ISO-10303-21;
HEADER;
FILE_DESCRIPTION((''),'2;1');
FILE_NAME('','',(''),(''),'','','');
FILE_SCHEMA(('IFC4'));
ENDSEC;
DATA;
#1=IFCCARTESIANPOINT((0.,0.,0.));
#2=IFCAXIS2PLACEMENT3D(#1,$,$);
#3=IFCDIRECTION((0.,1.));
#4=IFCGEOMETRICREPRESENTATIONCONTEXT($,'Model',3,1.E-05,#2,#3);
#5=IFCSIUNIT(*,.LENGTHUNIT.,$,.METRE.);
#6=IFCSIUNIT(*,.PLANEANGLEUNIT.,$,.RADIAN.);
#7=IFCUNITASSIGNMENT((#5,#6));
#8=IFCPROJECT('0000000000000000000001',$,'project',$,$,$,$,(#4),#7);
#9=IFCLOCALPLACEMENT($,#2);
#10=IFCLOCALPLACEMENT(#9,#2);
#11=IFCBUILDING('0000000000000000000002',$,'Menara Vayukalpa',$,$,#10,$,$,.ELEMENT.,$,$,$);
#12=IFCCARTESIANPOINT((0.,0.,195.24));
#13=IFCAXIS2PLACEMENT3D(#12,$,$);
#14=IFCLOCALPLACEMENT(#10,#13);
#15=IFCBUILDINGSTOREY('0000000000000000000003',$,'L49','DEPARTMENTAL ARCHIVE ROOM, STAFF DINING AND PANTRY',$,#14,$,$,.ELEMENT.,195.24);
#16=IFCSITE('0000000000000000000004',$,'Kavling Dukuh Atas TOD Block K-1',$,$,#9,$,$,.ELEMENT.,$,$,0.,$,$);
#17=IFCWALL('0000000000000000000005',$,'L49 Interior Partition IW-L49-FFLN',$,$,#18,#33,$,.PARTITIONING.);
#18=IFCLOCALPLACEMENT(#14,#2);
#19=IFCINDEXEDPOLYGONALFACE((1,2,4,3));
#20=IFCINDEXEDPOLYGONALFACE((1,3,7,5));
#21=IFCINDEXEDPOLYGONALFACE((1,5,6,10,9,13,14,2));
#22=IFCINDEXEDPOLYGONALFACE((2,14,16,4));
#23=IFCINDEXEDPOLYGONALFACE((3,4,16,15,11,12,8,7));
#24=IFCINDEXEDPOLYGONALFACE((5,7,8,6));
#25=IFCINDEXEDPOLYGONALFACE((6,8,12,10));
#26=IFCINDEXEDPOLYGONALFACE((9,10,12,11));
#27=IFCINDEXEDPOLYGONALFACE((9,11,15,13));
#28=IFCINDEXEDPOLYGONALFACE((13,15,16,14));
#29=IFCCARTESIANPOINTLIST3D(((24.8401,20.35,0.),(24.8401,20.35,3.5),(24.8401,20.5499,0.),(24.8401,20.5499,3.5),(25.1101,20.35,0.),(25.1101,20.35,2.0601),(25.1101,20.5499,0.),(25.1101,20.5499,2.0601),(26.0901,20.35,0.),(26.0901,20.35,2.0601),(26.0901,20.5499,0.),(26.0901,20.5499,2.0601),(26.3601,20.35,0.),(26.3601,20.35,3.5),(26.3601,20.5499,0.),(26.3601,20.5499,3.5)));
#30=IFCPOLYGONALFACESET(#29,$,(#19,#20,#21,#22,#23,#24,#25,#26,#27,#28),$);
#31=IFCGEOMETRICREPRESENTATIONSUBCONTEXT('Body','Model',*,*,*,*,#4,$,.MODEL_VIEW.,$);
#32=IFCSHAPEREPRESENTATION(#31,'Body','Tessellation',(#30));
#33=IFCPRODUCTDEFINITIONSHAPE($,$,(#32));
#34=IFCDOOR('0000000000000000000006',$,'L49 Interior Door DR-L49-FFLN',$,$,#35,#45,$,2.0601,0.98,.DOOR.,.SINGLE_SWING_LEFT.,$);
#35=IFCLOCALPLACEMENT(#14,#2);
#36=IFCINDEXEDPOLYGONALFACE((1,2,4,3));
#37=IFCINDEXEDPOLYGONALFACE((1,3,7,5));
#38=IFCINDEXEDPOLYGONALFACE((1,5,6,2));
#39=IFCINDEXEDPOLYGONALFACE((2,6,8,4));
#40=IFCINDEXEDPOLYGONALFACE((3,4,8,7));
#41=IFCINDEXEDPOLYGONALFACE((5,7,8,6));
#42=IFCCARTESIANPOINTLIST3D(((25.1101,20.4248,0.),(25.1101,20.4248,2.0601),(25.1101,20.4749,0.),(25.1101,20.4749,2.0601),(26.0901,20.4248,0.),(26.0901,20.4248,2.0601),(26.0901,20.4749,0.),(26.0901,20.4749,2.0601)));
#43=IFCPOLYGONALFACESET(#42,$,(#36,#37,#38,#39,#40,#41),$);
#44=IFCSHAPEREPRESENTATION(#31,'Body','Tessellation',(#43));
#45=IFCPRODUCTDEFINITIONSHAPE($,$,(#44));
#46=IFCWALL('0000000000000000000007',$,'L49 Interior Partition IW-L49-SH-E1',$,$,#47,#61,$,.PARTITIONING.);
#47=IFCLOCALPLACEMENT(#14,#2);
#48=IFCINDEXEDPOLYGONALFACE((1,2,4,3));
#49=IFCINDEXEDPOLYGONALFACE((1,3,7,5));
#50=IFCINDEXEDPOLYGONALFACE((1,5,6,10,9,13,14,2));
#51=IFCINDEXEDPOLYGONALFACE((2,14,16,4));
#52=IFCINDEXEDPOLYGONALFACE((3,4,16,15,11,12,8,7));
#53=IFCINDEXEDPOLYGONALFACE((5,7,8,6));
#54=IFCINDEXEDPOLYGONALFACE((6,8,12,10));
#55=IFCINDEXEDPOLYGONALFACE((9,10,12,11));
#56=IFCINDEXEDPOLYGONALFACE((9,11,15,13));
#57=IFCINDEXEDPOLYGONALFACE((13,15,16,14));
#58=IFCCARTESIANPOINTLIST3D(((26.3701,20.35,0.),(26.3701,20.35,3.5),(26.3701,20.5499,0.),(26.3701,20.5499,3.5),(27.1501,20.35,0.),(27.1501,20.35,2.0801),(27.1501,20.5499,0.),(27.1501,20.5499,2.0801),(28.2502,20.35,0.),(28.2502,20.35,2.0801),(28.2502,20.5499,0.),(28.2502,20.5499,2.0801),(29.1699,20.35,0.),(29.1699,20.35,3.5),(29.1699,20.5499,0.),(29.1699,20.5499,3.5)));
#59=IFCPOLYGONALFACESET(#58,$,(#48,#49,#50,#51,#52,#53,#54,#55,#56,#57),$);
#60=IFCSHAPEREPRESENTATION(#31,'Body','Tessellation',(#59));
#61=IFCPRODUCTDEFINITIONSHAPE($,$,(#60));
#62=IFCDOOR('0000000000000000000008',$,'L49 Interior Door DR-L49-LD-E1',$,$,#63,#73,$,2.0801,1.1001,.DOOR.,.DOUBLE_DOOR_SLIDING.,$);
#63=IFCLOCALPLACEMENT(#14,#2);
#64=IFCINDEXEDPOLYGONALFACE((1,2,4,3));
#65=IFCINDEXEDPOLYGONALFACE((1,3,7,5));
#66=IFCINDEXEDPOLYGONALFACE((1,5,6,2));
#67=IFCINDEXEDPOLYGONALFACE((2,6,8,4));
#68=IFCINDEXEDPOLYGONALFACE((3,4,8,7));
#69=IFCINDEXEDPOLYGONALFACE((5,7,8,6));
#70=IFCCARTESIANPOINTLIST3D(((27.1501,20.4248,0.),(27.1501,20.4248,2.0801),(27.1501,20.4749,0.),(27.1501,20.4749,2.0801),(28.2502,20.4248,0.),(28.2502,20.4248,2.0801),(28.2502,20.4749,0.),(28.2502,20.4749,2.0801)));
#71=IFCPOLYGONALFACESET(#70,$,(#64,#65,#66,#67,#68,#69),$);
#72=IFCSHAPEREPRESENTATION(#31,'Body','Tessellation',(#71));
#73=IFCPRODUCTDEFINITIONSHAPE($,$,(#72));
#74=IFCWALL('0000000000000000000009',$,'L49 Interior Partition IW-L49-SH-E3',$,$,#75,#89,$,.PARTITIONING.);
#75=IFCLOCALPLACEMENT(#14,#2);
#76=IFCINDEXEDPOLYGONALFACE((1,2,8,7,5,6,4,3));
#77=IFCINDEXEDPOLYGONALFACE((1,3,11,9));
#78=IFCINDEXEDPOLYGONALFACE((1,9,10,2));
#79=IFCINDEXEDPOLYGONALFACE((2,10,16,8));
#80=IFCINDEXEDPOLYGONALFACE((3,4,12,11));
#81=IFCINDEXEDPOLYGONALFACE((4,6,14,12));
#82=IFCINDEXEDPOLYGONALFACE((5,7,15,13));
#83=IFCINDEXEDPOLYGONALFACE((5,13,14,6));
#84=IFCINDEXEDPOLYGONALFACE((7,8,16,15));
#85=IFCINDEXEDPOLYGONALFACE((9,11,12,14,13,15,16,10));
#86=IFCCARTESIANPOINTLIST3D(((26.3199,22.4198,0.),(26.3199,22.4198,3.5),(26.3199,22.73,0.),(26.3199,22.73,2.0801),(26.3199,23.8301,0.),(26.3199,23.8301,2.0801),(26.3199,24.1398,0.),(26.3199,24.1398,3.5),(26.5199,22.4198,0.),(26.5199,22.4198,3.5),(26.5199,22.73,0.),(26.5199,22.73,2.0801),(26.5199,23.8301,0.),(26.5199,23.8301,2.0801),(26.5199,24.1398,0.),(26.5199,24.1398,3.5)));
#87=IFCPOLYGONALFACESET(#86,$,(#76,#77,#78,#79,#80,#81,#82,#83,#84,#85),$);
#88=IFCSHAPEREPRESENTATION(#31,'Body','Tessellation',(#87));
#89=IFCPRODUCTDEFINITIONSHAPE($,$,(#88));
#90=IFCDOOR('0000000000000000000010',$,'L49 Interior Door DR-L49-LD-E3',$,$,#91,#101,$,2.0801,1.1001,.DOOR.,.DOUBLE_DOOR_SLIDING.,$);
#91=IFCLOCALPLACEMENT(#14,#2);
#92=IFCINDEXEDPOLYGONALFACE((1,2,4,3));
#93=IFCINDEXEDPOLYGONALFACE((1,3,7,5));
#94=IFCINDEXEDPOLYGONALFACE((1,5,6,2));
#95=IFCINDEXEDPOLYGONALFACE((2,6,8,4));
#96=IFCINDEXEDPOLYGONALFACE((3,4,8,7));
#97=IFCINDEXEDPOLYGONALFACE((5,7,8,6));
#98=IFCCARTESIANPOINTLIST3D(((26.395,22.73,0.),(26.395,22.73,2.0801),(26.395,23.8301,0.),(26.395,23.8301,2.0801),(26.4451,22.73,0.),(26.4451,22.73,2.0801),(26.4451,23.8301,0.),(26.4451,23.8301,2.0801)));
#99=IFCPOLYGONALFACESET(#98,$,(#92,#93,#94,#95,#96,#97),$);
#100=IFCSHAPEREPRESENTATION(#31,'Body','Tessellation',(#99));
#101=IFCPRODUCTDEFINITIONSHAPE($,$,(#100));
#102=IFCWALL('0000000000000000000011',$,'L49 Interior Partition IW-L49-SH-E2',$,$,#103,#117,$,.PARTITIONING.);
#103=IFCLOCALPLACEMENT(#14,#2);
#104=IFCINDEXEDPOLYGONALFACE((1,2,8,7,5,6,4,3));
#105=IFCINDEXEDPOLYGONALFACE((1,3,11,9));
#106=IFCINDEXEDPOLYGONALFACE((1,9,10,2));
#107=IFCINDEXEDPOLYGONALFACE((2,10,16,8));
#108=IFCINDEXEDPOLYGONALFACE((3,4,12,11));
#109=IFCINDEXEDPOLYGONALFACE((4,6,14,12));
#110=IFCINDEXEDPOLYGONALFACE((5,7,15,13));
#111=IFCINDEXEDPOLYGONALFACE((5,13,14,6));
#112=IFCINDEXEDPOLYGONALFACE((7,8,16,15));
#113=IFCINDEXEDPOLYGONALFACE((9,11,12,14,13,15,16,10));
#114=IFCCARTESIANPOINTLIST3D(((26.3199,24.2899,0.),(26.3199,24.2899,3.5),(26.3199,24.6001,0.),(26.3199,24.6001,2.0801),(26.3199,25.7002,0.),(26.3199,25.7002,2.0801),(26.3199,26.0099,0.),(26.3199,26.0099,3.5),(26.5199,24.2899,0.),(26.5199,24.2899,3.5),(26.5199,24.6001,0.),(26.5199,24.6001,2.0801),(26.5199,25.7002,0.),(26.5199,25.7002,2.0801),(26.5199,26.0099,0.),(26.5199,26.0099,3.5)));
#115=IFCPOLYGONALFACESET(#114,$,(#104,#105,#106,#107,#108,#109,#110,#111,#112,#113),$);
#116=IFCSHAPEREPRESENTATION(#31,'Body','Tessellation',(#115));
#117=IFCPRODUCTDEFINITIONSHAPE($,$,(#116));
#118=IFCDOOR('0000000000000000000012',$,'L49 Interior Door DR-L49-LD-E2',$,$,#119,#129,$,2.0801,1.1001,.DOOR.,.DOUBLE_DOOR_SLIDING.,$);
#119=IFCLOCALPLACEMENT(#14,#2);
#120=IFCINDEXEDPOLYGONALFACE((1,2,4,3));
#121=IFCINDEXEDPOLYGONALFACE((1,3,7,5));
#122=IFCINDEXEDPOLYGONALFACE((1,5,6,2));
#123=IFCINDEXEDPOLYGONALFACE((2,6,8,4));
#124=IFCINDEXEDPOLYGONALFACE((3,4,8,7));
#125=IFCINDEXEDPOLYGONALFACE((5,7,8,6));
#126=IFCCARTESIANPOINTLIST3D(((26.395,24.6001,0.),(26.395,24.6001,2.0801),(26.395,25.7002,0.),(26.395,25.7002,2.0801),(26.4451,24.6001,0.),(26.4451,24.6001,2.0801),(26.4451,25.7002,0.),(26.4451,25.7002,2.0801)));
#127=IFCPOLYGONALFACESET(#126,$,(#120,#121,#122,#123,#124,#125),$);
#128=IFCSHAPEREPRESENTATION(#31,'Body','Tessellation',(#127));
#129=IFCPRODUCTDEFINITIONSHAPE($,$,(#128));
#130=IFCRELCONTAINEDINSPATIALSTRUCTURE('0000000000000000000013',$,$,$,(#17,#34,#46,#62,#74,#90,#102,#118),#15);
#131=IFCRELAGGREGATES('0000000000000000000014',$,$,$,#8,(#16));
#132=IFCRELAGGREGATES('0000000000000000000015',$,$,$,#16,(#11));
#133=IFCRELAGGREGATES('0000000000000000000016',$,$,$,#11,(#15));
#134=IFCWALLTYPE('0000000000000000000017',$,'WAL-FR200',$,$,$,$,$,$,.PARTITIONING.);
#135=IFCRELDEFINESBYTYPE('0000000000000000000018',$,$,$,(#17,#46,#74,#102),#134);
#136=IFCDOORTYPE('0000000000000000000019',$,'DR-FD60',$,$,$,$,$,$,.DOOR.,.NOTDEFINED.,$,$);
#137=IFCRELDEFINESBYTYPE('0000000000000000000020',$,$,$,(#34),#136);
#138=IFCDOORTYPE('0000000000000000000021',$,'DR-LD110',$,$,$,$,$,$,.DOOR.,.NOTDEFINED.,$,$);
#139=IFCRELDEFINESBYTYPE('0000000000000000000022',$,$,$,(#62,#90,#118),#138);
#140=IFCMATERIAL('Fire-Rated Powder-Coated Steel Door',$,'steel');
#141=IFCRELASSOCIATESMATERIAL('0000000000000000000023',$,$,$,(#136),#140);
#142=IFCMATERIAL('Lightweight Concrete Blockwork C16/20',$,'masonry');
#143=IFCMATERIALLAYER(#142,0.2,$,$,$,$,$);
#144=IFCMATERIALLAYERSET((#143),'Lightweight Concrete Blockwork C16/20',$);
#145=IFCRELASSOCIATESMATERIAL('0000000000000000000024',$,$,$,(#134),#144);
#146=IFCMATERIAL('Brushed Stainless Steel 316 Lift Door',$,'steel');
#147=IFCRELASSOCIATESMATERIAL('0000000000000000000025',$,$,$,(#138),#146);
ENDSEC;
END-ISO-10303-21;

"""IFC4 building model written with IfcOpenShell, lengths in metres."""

from ifc_helpers import new_model, si_unit, direction, frame, frame_2d, origin, place, context, subcontext, project, spatial, rectangle, extrude, material, layer, layer_set, type_object, element, fill, save


model = new_model("IFC4")

# Units and contexts
model_context = context("Model", 3, precision=1e-05, world=origin(), true_north=direction((0.0, 1.0)))
body_context = subcontext(model_context, "Body", "Model", "MODEL_VIEW")
ifc_project = project(units=[si_unit("LENGTHUNIT", "METRE"), si_unit("PLANEANGLEUNIT", "RADIAN")], contexts=[model_context])

# Site, building, storey
site_placement = place(None, origin())
site = spatial("IfcSite", under=ifc_project, at=site_placement, Name="Kavling Dukuh Atas TOD Block K-1", CompositionType="ELEMENT", RefElevation=0.0)
building_placement = place(site_placement, origin())
building = spatial("IfcBuilding", under=site, at=building_placement, Name="Menara Vayukalpa", CompositionType="ELEMENT")
storey_placement = place(building_placement, frame((0.0, 0.0, 195.24)))
storey = spatial("IfcBuildingStorey", under=building, at=storey_placement, Name="L49", Description="DEPARTMENTAL ARCHIVE ROOM, STAFF DINING AND PANTRY", CompositionType="ELEMENT", Elevation=195.24)

# Walls, openings, doors
ifc_material_1 = material(Name="Fire-Rated Powder-Coated Steel Door", Category="steel")
door_type_1 = type_object("IfcDoorType", Name="DR-FD60", OperationType="NOTDEFINED", PredefinedType="DOOR", material=ifc_material_1)
ifc_material_2 = material(Name="Lightweight Concrete Blockwork C16/20", Category="masonry")
ifc_layer_1 = layer(ifc_material_2, 0.2)
ifc_layer_set_1 = layer_set([ifc_layer_1], Name="Lightweight Concrete Blockwork C16/20")
wall_type_1 = type_object("IfcWallType", Name="WAL-FR200", PredefinedType="PARTITIONING", material=ifc_layer_set_1)
wall_1_placement = place(storey_placement, frame((24.8401, 20.45, 0.0), z_axis=(0.0, 0.0, 1.0), x_axis=(1.0, 0.0, 0.0)))
wall_1 = element("IfcWall", 1, at=wall_1_placement, inside=storey, type_object=wall_type_1, Name="L49 Interior Partition IW-L49-FFLN", PredefinedType="PARTITIONING", context=body_context, shape_type="SweptSolid", body=[
    extrude(rectangle(XDim=1.52, YDim=0.2, at=frame_2d((0.76, 0.0))), origin(), (0.0, 0.0, 1.0), 3.5),
])
opening_1_placement = place(wall_1_placement, frame((0.27, 0.0, 0.0)))
opening_1 = element("IfcOpeningElement", 2, at=opening_1_placement, cuts=wall_1, PredefinedType="OPENING", context=body_context, shape_type="SweptSolid", body=[
    extrude(rectangle(XDim=0.98, YDim=2.0601, at=frame_2d((0.49, 1.03))), frame((0.0, 0.1099, 0.0), z_axis=(0.0, -1.0, 0.0), x_axis=(1.0, 0.0, 0.0)), (0.0, 0.0, 1.0), 0.22),
])
door_1_placement = place(opening_1_placement, origin())
door_1 = element("IfcDoor", 3, at=door_1_placement, inside=storey, type_object=door_type_1, Name="L49 Interior Door DR-L49-FFLN", OperationType="SINGLE_SWING_LEFT", OverallHeight=2.0601, OverallWidth=0.98, PredefinedType="DOOR", context=body_context, shape_type="SweptSolid", body=[
    extrude(rectangle(XDim=0.98, YDim=2.0601, at=frame_2d((0.49, 1.03))), frame((0.0, 0.0249, 0.0), z_axis=(0.0, -1.0, 0.0), x_axis=(1.0, 0.0, 0.0)), (0.0, 0.0, 1.0), 0.05),
])
fill(opening_1, door_1)
wall_2_placement = place(storey_placement, frame((26.3701, 20.45, 0.0), z_axis=(0.0, 0.0, 1.0), x_axis=(1.0, 0.0, 0.0)))
wall_2 = element("IfcWall", 4, at=wall_2_placement, inside=storey, type_object=wall_type_1, Name="L49 Interior Partition IW-L49-SH-E1", PredefinedType="PARTITIONING", context=body_context, shape_type="SweptSolid", body=[
    extrude(rectangle(XDim=2.7998, YDim=0.2, at=frame_2d((1.3999, 0.0))), origin(), (0.0, 0.0, 1.0), 3.5),
])
opening_2_placement = place(wall_2_placement, frame((0.78, 0.0, 0.0)))
opening_2 = element("IfcOpeningElement", 5, at=opening_2_placement, cuts=wall_2, PredefinedType="OPENING", context=body_context, shape_type="SweptSolid", body=[
    extrude(rectangle(XDim=1.1001, YDim=2.0801, at=frame_2d((0.55, 1.04))), frame((0.0, 0.1099, 0.0), z_axis=(0.0, -1.0, 0.0), x_axis=(1.0, 0.0, 0.0)), (0.0, 0.0, 1.0), 0.22),
])
ifc_material_3 = material(Name="Brushed Stainless Steel 316 Lift Door", Category="steel")
door_type_2 = type_object("IfcDoorType", Name="DR-LD110", OperationType="NOTDEFINED", PredefinedType="DOOR", material=ifc_material_3)
door_2_placement = place(opening_2_placement, origin())
door_2 = element("IfcDoor", 6, at=door_2_placement, inside=storey, type_object=door_type_2, Name="L49 Interior Door DR-L49-LD-E1", OperationType="DOUBLE_DOOR_SLIDING", OverallHeight=2.0801, OverallWidth=1.1001, PredefinedType="DOOR", context=body_context, shape_type="SweptSolid", body=[
    extrude(rectangle(XDim=1.1001, YDim=2.0801, at=frame_2d((0.55, 1.04))), frame((0.0, 0.0249, 0.0), z_axis=(0.0, -1.0, 0.0), x_axis=(1.0, 0.0, 0.0)), (0.0, 0.0, 1.0), 0.05),
])
fill(opening_2, door_2)
wall_3_placement = place(storey_placement, frame((26.4199, 22.4199, 0.0), z_axis=(0.0, 0.0, 1.0), x_axis=(0.0, 1.0, 0.0)))
wall_3 = element("IfcWall", 7, at=wall_3_placement, inside=storey, type_object=wall_type_1, Name="L49 Interior Partition IW-L49-SH-E3", PredefinedType="PARTITIONING", context=body_context, shape_type="SweptSolid", body=[
    extrude(rectangle(XDim=1.72, YDim=0.2, at=frame_2d((0.8599, 0.0))), origin(), (0.0, 0.0, 1.0), 3.5),
])
opening_3_placement = place(wall_3_placement, frame((0.3101, 0.0, 0.0)))
opening_3 = element("IfcOpeningElement", 8, at=opening_3_placement, cuts=wall_3, PredefinedType="OPENING", context=body_context, shape_type="SweptSolid", body=[
    extrude(rectangle(XDim=1.1001, YDim=2.0801, at=frame_2d((0.55, 1.04))), frame((0.0, 0.1099, 0.0), z_axis=(0.0, -1.0, 0.0), x_axis=(1.0, 0.0, 0.0)), (0.0, 0.0, 1.0), 0.22),
])
door_3_placement = place(opening_3_placement, origin())
door_3 = element("IfcDoor", 9, at=door_3_placement, inside=storey, type_object=door_type_2, Name="L49 Interior Door DR-L49-LD-E3", OperationType="DOUBLE_DOOR_SLIDING", OverallHeight=2.0801, OverallWidth=1.1001, PredefinedType="DOOR", context=body_context, shape_type="SweptSolid", body=[
    extrude(rectangle(XDim=1.1001, YDim=2.0801, at=frame_2d((0.55, 1.04))), frame((0.0, 0.0249, 0.0), z_axis=(0.0, -1.0, 0.0), x_axis=(1.0, 0.0, 0.0)), (0.0, 0.0, 1.0), 0.05),
])
fill(opening_3, door_3)
wall_4_placement = place(storey_placement, frame((26.4199, 24.29, 0.0), z_axis=(0.0, 0.0, 1.0), x_axis=(0.0, 1.0, 0.0)))
wall_4 = element("IfcWall", 10, at=wall_4_placement, inside=storey, type_object=wall_type_1, Name="L49 Interior Partition IW-L49-SH-E2", PredefinedType="PARTITIONING", context=body_context, shape_type="SweptSolid", body=[
    extrude(rectangle(XDim=1.72, YDim=0.2, at=frame_2d((0.8599, 0.0))), origin(), (0.0, 0.0, 1.0), 3.5),
])
opening_4_placement = place(wall_4_placement, frame((0.3101, 0.0, 0.0)))
opening_4 = element("IfcOpeningElement", 11, at=opening_4_placement, cuts=wall_4, PredefinedType="OPENING", context=body_context, shape_type="SweptSolid", body=[
    extrude(rectangle(XDim=1.1001, YDim=2.0801, at=frame_2d((0.55, 1.04))), frame((0.0, 0.1099, 0.0), z_axis=(0.0, -1.0, 0.0), x_axis=(1.0, 0.0, 0.0)), (0.0, 0.0, 1.0), 0.22),
])
door_4_placement = place(opening_4_placement, origin())
door_4 = element("IfcDoor", 12, at=door_4_placement, inside=storey, type_object=door_type_2, Name="L49 Interior Door DR-L49-LD-E2", OperationType="DOUBLE_DOOR_SLIDING", OverallHeight=2.0801, OverallWidth=1.1001, PredefinedType="DOOR", context=body_context, shape_type="SweptSolid", body=[
    extrude(rectangle(XDim=1.1001, YDim=2.0801, at=frame_2d((0.55, 1.04))), frame((0.0, 0.0249, 0.0), z_axis=(0.0, -1.0, 0.0), x_axis=(1.0, 0.0, 0.0)), (0.0, 0.0, 1.0), 0.05),
])
fill(opening_4, door_4)

save(model, "model.ifc")
